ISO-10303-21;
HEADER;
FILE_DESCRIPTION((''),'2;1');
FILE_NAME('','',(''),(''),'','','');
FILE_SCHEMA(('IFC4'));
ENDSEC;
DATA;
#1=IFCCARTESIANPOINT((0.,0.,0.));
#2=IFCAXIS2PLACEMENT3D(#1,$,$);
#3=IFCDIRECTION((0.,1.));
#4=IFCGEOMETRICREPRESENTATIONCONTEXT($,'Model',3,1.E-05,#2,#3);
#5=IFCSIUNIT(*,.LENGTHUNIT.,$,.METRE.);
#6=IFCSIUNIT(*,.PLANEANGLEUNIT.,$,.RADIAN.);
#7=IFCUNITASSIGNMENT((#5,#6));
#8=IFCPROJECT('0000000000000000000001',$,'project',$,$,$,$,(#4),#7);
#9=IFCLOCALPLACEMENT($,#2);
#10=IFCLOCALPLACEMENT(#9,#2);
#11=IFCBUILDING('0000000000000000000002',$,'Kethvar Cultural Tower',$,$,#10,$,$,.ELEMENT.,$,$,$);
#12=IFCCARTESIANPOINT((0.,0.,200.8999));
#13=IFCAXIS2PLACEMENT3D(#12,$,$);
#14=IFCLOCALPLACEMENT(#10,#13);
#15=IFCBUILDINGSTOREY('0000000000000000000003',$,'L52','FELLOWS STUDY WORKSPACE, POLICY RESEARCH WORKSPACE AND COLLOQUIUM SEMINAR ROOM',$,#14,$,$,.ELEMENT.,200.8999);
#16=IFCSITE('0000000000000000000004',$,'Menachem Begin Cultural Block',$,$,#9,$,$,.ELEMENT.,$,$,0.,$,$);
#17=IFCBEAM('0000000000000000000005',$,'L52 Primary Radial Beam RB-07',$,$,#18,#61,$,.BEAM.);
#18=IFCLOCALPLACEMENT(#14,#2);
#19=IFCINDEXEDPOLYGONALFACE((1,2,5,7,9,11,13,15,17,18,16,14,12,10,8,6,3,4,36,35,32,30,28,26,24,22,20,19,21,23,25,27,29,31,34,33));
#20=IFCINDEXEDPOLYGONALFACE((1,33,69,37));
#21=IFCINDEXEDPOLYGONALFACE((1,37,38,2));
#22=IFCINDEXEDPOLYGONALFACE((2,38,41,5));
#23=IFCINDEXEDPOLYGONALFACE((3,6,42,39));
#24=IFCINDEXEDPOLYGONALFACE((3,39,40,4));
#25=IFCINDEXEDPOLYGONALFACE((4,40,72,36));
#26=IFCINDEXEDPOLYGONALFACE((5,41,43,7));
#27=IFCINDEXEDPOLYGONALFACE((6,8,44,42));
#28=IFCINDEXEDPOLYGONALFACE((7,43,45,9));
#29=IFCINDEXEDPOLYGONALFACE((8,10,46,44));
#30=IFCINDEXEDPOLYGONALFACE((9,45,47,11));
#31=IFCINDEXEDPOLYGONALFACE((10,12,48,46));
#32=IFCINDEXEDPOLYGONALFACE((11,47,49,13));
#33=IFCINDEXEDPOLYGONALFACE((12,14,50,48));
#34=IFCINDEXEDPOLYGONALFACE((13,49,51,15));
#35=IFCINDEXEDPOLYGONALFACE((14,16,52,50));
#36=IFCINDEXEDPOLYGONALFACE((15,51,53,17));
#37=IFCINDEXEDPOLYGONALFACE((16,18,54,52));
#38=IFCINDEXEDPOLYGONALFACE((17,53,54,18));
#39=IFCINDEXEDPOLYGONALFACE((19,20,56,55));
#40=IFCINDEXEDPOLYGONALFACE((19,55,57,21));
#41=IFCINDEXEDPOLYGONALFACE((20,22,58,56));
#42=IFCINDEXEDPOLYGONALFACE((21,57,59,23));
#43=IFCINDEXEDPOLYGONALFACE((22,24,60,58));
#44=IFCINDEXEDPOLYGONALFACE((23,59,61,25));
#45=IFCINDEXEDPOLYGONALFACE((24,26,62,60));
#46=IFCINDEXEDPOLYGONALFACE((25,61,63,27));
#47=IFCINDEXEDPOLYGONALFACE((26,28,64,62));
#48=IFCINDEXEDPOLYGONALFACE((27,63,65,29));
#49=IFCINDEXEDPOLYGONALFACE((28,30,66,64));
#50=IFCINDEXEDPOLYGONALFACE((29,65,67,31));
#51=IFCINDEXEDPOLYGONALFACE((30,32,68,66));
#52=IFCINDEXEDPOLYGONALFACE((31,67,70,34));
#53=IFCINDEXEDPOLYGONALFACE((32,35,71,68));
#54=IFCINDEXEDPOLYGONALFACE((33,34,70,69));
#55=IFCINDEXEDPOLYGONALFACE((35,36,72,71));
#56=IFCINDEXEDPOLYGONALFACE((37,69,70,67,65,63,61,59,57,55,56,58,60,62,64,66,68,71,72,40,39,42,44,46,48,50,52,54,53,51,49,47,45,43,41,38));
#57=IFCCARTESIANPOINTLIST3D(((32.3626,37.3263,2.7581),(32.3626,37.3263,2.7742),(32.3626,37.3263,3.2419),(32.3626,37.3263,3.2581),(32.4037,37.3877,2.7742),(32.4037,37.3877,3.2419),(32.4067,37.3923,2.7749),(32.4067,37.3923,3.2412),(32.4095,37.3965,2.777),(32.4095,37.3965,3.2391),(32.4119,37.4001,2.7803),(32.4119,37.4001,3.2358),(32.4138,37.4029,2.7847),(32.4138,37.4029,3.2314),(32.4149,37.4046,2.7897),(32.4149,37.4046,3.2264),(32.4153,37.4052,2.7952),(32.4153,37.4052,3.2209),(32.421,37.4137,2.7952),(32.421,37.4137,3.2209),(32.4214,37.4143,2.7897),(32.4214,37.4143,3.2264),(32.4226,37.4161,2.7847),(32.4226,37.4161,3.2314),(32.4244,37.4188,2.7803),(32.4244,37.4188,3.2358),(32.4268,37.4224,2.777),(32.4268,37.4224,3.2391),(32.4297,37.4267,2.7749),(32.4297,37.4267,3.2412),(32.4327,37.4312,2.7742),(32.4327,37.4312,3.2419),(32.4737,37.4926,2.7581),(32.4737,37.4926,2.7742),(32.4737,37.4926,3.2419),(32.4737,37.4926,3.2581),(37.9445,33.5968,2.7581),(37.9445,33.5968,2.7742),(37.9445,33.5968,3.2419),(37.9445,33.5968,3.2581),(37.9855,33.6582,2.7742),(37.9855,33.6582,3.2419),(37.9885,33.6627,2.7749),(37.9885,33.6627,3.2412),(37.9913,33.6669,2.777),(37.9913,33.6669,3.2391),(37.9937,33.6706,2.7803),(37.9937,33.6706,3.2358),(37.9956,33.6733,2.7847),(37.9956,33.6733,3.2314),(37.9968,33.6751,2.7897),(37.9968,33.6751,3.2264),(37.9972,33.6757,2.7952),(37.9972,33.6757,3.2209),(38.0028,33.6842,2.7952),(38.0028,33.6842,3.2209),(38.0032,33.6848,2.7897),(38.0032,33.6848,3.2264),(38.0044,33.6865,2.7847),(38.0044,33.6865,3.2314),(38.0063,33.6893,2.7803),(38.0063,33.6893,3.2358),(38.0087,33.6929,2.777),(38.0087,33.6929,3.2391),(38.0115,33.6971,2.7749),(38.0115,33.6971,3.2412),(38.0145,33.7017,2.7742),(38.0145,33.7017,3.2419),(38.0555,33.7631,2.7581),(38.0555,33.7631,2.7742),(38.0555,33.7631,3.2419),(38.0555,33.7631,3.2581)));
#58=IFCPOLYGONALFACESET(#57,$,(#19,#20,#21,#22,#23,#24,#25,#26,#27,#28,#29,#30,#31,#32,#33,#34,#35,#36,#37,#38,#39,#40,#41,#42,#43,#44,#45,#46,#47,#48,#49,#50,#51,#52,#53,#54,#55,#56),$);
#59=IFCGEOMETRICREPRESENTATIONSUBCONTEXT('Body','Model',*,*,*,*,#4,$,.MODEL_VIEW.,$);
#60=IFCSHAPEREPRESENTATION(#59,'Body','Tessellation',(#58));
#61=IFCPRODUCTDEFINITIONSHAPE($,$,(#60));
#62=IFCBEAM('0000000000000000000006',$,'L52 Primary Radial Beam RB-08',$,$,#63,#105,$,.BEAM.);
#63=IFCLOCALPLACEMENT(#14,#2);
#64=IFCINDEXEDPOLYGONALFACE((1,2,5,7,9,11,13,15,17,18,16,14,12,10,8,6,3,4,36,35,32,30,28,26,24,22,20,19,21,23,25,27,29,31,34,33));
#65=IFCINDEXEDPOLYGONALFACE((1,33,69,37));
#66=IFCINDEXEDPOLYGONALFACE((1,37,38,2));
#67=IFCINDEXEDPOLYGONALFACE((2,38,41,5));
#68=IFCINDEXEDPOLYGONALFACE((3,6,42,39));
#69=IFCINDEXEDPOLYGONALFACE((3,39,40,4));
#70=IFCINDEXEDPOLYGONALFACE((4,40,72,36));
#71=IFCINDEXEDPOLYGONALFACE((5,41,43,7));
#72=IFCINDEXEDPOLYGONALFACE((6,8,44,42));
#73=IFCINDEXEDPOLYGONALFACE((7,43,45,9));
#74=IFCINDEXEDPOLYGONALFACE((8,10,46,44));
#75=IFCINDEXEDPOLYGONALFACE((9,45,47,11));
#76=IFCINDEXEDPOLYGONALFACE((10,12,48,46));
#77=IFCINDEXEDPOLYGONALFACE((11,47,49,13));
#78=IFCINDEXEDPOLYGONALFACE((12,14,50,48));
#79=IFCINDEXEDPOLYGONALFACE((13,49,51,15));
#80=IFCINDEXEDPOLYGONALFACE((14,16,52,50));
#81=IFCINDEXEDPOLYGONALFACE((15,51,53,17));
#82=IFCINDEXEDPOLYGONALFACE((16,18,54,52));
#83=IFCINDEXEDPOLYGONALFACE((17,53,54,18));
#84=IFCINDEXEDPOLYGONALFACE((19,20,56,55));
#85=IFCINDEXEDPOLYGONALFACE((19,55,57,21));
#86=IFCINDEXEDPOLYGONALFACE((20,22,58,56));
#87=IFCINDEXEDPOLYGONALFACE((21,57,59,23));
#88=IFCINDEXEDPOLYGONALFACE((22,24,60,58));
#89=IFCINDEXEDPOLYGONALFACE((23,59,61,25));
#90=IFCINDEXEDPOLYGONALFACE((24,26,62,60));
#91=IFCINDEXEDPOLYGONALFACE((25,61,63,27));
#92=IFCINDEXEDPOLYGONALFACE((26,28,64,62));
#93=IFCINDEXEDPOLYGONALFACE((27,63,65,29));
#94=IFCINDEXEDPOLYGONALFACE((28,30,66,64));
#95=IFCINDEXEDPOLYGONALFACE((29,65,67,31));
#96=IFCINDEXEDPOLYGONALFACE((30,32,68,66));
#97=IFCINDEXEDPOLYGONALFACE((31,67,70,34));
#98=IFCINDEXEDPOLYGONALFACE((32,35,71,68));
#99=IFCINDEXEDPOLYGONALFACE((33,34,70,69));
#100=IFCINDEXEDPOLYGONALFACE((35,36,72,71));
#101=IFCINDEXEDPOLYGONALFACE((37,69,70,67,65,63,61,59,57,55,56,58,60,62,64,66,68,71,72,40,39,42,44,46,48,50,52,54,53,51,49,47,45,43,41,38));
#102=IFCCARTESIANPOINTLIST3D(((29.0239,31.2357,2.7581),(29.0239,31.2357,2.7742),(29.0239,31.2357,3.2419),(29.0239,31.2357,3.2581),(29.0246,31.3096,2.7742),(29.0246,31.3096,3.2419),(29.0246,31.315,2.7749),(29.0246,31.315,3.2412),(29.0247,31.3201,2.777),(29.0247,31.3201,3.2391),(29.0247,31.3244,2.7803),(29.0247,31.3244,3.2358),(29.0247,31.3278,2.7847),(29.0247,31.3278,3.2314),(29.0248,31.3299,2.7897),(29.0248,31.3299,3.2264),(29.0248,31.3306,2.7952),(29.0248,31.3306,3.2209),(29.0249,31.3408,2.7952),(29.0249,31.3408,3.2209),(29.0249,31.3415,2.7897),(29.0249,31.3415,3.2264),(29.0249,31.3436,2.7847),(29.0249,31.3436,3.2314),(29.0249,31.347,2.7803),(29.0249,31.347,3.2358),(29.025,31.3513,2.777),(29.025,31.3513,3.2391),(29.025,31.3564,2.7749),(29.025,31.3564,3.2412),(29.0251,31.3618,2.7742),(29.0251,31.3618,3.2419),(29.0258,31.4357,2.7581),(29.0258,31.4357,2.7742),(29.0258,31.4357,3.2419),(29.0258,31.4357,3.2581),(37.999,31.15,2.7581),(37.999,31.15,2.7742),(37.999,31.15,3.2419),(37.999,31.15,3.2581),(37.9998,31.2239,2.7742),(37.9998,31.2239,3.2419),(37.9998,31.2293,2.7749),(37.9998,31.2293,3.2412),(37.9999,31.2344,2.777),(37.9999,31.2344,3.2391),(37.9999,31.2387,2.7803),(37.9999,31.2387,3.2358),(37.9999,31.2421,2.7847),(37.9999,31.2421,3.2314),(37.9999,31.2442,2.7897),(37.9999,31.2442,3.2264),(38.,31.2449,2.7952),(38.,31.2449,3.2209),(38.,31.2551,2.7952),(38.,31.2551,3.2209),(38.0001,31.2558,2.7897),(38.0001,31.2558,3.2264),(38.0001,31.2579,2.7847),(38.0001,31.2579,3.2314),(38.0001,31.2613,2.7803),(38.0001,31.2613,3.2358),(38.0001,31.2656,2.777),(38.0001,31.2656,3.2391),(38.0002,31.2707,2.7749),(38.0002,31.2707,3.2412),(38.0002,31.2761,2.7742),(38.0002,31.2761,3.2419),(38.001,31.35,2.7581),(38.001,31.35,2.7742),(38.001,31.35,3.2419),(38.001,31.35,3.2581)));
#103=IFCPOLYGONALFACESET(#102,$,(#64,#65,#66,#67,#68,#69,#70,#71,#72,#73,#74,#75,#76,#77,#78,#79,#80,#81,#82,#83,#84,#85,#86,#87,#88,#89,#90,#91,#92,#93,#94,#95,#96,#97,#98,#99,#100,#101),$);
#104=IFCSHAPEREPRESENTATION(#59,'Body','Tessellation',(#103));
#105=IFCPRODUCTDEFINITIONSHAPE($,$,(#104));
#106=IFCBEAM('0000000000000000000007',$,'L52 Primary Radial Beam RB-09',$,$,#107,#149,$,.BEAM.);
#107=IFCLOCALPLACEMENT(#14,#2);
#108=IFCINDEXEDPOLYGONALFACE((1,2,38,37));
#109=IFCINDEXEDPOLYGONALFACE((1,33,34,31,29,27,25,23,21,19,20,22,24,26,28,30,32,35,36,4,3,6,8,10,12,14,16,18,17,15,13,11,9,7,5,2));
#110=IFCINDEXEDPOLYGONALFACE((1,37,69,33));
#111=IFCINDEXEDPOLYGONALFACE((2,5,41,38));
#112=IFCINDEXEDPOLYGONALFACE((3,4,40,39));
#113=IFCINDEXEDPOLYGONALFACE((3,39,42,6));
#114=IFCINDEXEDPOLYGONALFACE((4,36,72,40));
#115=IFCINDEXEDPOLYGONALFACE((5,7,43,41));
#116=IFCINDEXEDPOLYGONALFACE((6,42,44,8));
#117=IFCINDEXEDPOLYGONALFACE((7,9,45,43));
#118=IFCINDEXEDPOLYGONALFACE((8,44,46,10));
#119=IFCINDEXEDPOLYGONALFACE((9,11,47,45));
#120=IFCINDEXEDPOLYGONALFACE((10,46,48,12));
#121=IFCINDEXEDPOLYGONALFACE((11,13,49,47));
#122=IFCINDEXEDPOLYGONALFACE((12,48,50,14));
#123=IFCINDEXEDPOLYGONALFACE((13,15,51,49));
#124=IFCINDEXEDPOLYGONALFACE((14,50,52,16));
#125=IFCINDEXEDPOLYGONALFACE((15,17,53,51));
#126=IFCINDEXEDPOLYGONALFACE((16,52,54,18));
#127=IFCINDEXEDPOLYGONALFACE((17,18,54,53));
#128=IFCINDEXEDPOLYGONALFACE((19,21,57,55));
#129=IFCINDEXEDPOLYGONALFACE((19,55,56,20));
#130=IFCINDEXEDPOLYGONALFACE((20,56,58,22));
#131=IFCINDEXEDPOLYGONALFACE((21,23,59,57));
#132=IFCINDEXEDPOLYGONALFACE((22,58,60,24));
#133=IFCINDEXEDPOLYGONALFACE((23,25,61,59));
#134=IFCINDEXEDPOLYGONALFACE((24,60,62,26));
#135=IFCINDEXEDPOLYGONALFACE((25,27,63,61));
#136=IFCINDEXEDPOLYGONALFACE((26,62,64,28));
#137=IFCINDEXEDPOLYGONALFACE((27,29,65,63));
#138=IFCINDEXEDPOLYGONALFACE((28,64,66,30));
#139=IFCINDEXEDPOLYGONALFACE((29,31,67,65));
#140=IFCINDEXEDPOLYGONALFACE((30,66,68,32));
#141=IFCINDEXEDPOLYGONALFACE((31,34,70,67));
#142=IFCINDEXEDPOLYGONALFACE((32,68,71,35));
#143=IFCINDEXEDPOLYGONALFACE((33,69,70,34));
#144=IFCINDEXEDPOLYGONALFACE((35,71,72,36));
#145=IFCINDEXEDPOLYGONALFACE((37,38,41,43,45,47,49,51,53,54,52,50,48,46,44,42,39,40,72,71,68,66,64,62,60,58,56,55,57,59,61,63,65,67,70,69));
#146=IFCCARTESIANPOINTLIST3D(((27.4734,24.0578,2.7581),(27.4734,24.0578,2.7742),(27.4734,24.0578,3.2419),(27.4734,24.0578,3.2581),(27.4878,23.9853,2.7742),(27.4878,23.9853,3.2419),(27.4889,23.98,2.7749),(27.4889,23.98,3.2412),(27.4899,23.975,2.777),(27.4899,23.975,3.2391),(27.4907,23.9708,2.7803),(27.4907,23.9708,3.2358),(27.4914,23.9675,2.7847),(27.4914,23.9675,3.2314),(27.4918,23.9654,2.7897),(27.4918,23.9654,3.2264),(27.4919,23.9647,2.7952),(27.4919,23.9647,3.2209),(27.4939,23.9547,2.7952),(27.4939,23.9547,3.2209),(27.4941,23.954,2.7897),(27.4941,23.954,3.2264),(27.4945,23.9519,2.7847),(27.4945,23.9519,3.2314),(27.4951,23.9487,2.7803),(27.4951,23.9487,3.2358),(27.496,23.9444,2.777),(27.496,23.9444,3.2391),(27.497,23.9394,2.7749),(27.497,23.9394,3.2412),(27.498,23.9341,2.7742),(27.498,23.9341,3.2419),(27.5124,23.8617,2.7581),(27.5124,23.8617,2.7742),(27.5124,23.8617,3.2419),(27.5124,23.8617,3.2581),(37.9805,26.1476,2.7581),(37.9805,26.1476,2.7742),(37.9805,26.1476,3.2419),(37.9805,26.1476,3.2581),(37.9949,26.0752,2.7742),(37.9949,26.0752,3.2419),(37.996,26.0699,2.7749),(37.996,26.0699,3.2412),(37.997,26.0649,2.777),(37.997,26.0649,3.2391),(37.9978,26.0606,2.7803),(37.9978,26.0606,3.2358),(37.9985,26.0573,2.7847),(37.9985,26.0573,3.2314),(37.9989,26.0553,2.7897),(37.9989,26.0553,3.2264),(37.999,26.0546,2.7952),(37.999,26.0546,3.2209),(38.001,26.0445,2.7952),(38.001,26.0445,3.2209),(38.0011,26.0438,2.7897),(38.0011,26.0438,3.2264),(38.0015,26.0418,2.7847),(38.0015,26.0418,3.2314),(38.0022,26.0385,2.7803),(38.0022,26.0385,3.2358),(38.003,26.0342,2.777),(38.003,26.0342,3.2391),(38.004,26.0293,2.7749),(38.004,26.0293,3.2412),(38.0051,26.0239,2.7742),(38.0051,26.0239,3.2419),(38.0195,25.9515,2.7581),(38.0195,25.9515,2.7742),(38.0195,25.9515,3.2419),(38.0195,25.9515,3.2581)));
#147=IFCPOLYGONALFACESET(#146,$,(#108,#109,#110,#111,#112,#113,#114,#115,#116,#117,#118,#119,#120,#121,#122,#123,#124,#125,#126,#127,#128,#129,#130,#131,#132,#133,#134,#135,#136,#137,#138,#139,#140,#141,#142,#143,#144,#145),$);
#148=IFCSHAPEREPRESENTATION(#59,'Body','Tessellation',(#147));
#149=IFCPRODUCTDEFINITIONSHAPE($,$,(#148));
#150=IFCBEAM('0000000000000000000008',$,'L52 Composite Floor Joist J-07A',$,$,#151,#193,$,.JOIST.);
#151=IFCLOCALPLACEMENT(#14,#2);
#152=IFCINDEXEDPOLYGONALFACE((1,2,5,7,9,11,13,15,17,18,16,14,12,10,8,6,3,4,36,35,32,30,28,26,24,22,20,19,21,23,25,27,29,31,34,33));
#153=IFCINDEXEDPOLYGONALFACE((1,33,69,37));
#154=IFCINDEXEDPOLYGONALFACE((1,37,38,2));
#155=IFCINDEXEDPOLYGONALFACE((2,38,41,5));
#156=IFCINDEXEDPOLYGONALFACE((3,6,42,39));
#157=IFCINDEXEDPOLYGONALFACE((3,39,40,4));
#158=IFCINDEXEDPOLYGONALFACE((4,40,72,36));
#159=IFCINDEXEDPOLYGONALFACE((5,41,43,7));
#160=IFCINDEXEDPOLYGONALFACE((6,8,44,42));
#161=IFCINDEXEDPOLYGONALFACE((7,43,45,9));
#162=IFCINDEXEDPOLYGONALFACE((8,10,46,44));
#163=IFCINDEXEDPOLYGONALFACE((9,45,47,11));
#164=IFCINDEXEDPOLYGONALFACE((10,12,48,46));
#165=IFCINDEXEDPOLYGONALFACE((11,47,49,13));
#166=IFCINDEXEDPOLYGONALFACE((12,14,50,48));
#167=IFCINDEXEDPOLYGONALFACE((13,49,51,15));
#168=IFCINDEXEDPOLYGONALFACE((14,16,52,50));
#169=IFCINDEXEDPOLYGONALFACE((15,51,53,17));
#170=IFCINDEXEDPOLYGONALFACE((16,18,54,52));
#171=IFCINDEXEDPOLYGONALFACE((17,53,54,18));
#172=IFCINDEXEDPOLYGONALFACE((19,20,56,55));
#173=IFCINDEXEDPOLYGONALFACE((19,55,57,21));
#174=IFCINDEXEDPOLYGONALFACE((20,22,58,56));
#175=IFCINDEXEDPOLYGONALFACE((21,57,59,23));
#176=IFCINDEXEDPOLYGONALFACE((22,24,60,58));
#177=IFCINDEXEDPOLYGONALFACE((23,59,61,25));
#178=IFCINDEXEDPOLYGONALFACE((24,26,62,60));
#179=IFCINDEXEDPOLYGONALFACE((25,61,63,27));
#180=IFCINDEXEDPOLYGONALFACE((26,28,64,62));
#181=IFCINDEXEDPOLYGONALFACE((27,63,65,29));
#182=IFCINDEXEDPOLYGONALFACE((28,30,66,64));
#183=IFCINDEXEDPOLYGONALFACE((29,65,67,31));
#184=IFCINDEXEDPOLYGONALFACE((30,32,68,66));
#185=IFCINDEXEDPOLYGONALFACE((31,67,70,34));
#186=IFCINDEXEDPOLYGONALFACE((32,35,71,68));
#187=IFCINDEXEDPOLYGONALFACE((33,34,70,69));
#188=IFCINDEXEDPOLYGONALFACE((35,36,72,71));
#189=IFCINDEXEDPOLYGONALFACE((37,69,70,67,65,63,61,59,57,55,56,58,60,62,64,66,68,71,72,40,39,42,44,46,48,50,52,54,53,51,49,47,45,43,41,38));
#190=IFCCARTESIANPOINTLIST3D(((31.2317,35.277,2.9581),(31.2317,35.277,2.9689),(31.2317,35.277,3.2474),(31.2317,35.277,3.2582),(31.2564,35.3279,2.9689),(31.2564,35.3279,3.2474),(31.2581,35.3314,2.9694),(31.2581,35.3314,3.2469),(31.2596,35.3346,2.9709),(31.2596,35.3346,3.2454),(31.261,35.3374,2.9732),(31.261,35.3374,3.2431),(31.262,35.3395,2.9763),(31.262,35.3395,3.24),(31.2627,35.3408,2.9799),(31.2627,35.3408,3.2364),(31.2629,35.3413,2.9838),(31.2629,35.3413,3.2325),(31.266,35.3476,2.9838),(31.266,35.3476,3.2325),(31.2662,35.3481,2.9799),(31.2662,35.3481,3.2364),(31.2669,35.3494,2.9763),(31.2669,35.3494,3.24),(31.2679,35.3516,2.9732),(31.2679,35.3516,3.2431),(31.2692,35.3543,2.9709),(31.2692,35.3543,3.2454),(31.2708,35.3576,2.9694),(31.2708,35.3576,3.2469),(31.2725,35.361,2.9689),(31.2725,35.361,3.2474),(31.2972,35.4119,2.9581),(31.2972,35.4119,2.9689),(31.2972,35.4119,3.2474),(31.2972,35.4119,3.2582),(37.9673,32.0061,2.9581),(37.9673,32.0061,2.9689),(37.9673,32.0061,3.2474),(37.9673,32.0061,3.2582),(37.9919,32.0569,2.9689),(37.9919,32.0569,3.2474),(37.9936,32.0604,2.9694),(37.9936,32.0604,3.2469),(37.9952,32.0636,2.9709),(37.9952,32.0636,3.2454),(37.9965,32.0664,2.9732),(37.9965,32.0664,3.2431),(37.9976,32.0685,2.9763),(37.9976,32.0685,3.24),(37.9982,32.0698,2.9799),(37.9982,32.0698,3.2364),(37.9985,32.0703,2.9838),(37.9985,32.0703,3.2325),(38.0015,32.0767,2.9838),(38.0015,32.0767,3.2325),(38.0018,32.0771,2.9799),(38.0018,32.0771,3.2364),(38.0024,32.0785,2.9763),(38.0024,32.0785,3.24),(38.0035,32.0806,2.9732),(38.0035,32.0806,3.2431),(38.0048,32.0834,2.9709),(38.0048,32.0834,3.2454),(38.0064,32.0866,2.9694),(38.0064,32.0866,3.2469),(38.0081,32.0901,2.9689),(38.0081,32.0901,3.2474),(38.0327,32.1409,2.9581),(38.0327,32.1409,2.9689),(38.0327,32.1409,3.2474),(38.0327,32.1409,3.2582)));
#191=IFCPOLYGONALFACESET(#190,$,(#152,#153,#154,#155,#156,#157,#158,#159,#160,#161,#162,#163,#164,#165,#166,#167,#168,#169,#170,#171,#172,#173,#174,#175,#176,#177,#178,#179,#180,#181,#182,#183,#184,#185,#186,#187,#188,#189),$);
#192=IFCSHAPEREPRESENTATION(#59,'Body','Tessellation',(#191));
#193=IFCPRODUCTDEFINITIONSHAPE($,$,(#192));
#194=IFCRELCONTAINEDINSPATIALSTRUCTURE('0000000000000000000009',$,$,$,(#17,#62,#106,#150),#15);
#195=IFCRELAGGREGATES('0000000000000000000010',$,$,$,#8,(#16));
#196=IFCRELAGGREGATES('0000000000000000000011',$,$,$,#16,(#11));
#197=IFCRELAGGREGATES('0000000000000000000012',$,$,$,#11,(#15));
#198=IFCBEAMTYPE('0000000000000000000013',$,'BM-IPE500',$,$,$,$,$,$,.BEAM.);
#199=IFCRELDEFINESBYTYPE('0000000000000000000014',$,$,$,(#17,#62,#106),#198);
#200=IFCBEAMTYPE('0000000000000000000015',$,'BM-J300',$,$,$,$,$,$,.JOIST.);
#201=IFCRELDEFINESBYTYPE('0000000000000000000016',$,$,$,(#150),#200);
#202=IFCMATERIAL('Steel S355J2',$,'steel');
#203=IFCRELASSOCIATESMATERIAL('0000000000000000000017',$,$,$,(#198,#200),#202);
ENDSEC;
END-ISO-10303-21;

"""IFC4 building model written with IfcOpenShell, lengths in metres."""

from ifc_helpers import new_model, si_unit, direction, frame, origin, origin_2d, place, context, subcontext, project, spatial, i_section, extrude, source, transform, mapped, material, material_profile, profile_set, type_object, element, save


model = new_model("IFC4")

# Units and contexts
model_context = context("Model", 3, precision=1e-05, world=origin(), true_north=direction((0.0, 1.0)))
body_context = subcontext(model_context, "Body", "Model", "MODEL_VIEW")
ifc_project = project(units=[si_unit("LENGTHUNIT", "METRE"), si_unit("PLANEANGLEUNIT", "RADIAN")], contexts=[model_context])

# Site, building, storey
site_placement = place(None, origin())
site = spatial("IfcSite", under=ifc_project, at=site_placement, Name="Menachem Begin Cultural Block", CompositionType="ELEMENT", RefElevation=0.0)
building_placement = place(site_placement, origin())
building = spatial("IfcBuilding", under=site, at=building_placement, Name="Kethvar Cultural Tower", CompositionType="ELEMENT")
storey_placement = place(building_placement, frame((0.0, 0.0, 200.8999)))
storey = spatial("IfcBuildingStorey", under=building, at=storey_placement, Name="L52", Description="FELLOWS STUDY WORKSPACE, POLICY RESEARCH WORKSPACE AND COLLOQUIUM SEMINAR ROOM", CompositionType="ELEMENT", Elevation=200.8999)

# Beams
ifc_material_1 = material(Name="Steel S355J2", Category="steel")
ifc_material_profile_1 = material_profile(ifc_material_1, i_section(OverallWidth=0.2, OverallDepth=0.5, WebThickness=0.0103, FlangeThickness=0.0161, FilletRadius=0.021, at=origin_2d()), Name="Steel S355J2 — IPE500")
ifc_profile_set_1 = profile_set([ifc_material_profile_1], Name="Steel S355J2 — IPE500")
beam_type_1 = type_object("IfcBeamType", Name="BM-IPE500", PredefinedType="BEAM", material=ifc_profile_set_1)
shared_shape_1 = source(origin(), body_context, "Body", "SweptSolid", [
    extrude(i_section(OverallWidth=0.2, OverallDepth=0.5, WebThickness=0.0103, FlangeThickness=0.0161, FilletRadius=0.021, at=origin_2d()), origin(), (0.0, 0.0, 1.0), 6.7131),
])
beam_1_placement = place(storey_placement, frame((38.0, 33.6799, 3.0081), z_axis=(-0.831479, 0.555556, 0.0), x_axis=(-0.555556, -0.831479, 0.0)))
element("IfcBeam", 1, at=beam_1_placement, inside=storey, type_object=beam_type_1, Name="L52 Primary Radial Beam RB-07", PredefinedType="BEAM", context=body_context, shape_type="MappedRepresentation", body=[
    mapped(shared_shape_1, transform((0.0, 0.0, 0.0), scale=1.0)),
])
shared_shape_2 = source(origin(), body_context, "Body", "SweptSolid", [
    extrude(i_section(OverallWidth=0.2, OverallDepth=0.5, WebThickness=0.0103, FlangeThickness=0.0161, FilletRadius=0.021, at=origin_2d()), origin(), (0.0, 0.0, 1.0), 8.9756),
])
beam_2_placement = place(storey_placement, frame((38.0, 31.25, 3.0081), z_axis=(-0.999954, 0.009547, 0.0), x_axis=(-0.009547, -0.999954, 0.0)))
element("IfcBeam", 2, at=beam_2_placement, inside=storey, type_object=beam_type_1, Name="L52 Primary Radial Beam RB-08", PredefinedType="BEAM", context=body_context, shape_type="MappedRepresentation", body=[
    mapped(shared_shape_2, transform((0.0, 0.0, 0.0), scale=1.0)),
])
shared_shape_3 = source(origin(), body_context, "Body", "SweptSolid", [
    extrude(i_section(OverallWidth=0.2, OverallDepth=0.5, WebThickness=0.0103, FlangeThickness=0.0161, FilletRadius=0.021, at=origin_2d()), origin(), (0.0, 0.0, 1.0), 10.7129),
])
beam_3_placement = place(storey_placement, frame((38.0, 26.0496, 3.0081), z_axis=(-0.980788, -0.195077, 0.0), x_axis=(0.195077, -0.980788, 0.0)))
element("IfcBeam", 3, at=beam_3_placement, inside=storey, type_object=beam_type_1, Name="L52 Primary Radial Beam RB-09", PredefinedType="BEAM", context=body_context, shape_type="MappedRepresentation", body=[
    mapped(shared_shape_3, transform((0.0, 0.0, 0.0), scale=1.0)),
])
ifc_material_profile_2 = material_profile(ifc_material_1, i_section(OverallWidth=0.1499, OverallDepth=0.3, WebThickness=0.0071, FlangeThickness=0.0107, FilletRadius=0.0149, at=origin_2d()), Name="Steel S355J2 — IPE300")
ifc_profile_set_2 = profile_set([ifc_material_profile_2], Name="Steel S355J2 — IPE300")
beam_type_2 = type_object("IfcBeamType", Name="BM-J300", PredefinedType="JOIST", material=ifc_profile_set_2)
shared_shape_4 = source(origin(), body_context, "Body", "SweptSolid", [
    extrude(i_section(OverallWidth=0.1499, OverallDepth=0.3, WebThickness=0.0071, FlangeThickness=0.0107, FilletRadius=0.0149, at=origin_2d()), origin(), (0.0, 0.0, 1.0), 7.4878),
])
beam_4_placement = place(storey_placement, frame((38.0, 32.0735, 3.1082), z_axis=(-0.899539, 0.436841, 0.0), x_axis=(-0.436841, -0.899539, 0.0)))
element("IfcBeam", 4, at=beam_4_placement, inside=storey, type_object=beam_type_2, Name="L52 Composite Floor Joist J-07A", PredefinedType="JOIST", context=body_context, shape_type="MappedRepresentation", body=[
    mapped(shared_shape_4, transform((0.0, 0.0, 0.0), scale=1.0)),
])

save(model, "model.ifc")
